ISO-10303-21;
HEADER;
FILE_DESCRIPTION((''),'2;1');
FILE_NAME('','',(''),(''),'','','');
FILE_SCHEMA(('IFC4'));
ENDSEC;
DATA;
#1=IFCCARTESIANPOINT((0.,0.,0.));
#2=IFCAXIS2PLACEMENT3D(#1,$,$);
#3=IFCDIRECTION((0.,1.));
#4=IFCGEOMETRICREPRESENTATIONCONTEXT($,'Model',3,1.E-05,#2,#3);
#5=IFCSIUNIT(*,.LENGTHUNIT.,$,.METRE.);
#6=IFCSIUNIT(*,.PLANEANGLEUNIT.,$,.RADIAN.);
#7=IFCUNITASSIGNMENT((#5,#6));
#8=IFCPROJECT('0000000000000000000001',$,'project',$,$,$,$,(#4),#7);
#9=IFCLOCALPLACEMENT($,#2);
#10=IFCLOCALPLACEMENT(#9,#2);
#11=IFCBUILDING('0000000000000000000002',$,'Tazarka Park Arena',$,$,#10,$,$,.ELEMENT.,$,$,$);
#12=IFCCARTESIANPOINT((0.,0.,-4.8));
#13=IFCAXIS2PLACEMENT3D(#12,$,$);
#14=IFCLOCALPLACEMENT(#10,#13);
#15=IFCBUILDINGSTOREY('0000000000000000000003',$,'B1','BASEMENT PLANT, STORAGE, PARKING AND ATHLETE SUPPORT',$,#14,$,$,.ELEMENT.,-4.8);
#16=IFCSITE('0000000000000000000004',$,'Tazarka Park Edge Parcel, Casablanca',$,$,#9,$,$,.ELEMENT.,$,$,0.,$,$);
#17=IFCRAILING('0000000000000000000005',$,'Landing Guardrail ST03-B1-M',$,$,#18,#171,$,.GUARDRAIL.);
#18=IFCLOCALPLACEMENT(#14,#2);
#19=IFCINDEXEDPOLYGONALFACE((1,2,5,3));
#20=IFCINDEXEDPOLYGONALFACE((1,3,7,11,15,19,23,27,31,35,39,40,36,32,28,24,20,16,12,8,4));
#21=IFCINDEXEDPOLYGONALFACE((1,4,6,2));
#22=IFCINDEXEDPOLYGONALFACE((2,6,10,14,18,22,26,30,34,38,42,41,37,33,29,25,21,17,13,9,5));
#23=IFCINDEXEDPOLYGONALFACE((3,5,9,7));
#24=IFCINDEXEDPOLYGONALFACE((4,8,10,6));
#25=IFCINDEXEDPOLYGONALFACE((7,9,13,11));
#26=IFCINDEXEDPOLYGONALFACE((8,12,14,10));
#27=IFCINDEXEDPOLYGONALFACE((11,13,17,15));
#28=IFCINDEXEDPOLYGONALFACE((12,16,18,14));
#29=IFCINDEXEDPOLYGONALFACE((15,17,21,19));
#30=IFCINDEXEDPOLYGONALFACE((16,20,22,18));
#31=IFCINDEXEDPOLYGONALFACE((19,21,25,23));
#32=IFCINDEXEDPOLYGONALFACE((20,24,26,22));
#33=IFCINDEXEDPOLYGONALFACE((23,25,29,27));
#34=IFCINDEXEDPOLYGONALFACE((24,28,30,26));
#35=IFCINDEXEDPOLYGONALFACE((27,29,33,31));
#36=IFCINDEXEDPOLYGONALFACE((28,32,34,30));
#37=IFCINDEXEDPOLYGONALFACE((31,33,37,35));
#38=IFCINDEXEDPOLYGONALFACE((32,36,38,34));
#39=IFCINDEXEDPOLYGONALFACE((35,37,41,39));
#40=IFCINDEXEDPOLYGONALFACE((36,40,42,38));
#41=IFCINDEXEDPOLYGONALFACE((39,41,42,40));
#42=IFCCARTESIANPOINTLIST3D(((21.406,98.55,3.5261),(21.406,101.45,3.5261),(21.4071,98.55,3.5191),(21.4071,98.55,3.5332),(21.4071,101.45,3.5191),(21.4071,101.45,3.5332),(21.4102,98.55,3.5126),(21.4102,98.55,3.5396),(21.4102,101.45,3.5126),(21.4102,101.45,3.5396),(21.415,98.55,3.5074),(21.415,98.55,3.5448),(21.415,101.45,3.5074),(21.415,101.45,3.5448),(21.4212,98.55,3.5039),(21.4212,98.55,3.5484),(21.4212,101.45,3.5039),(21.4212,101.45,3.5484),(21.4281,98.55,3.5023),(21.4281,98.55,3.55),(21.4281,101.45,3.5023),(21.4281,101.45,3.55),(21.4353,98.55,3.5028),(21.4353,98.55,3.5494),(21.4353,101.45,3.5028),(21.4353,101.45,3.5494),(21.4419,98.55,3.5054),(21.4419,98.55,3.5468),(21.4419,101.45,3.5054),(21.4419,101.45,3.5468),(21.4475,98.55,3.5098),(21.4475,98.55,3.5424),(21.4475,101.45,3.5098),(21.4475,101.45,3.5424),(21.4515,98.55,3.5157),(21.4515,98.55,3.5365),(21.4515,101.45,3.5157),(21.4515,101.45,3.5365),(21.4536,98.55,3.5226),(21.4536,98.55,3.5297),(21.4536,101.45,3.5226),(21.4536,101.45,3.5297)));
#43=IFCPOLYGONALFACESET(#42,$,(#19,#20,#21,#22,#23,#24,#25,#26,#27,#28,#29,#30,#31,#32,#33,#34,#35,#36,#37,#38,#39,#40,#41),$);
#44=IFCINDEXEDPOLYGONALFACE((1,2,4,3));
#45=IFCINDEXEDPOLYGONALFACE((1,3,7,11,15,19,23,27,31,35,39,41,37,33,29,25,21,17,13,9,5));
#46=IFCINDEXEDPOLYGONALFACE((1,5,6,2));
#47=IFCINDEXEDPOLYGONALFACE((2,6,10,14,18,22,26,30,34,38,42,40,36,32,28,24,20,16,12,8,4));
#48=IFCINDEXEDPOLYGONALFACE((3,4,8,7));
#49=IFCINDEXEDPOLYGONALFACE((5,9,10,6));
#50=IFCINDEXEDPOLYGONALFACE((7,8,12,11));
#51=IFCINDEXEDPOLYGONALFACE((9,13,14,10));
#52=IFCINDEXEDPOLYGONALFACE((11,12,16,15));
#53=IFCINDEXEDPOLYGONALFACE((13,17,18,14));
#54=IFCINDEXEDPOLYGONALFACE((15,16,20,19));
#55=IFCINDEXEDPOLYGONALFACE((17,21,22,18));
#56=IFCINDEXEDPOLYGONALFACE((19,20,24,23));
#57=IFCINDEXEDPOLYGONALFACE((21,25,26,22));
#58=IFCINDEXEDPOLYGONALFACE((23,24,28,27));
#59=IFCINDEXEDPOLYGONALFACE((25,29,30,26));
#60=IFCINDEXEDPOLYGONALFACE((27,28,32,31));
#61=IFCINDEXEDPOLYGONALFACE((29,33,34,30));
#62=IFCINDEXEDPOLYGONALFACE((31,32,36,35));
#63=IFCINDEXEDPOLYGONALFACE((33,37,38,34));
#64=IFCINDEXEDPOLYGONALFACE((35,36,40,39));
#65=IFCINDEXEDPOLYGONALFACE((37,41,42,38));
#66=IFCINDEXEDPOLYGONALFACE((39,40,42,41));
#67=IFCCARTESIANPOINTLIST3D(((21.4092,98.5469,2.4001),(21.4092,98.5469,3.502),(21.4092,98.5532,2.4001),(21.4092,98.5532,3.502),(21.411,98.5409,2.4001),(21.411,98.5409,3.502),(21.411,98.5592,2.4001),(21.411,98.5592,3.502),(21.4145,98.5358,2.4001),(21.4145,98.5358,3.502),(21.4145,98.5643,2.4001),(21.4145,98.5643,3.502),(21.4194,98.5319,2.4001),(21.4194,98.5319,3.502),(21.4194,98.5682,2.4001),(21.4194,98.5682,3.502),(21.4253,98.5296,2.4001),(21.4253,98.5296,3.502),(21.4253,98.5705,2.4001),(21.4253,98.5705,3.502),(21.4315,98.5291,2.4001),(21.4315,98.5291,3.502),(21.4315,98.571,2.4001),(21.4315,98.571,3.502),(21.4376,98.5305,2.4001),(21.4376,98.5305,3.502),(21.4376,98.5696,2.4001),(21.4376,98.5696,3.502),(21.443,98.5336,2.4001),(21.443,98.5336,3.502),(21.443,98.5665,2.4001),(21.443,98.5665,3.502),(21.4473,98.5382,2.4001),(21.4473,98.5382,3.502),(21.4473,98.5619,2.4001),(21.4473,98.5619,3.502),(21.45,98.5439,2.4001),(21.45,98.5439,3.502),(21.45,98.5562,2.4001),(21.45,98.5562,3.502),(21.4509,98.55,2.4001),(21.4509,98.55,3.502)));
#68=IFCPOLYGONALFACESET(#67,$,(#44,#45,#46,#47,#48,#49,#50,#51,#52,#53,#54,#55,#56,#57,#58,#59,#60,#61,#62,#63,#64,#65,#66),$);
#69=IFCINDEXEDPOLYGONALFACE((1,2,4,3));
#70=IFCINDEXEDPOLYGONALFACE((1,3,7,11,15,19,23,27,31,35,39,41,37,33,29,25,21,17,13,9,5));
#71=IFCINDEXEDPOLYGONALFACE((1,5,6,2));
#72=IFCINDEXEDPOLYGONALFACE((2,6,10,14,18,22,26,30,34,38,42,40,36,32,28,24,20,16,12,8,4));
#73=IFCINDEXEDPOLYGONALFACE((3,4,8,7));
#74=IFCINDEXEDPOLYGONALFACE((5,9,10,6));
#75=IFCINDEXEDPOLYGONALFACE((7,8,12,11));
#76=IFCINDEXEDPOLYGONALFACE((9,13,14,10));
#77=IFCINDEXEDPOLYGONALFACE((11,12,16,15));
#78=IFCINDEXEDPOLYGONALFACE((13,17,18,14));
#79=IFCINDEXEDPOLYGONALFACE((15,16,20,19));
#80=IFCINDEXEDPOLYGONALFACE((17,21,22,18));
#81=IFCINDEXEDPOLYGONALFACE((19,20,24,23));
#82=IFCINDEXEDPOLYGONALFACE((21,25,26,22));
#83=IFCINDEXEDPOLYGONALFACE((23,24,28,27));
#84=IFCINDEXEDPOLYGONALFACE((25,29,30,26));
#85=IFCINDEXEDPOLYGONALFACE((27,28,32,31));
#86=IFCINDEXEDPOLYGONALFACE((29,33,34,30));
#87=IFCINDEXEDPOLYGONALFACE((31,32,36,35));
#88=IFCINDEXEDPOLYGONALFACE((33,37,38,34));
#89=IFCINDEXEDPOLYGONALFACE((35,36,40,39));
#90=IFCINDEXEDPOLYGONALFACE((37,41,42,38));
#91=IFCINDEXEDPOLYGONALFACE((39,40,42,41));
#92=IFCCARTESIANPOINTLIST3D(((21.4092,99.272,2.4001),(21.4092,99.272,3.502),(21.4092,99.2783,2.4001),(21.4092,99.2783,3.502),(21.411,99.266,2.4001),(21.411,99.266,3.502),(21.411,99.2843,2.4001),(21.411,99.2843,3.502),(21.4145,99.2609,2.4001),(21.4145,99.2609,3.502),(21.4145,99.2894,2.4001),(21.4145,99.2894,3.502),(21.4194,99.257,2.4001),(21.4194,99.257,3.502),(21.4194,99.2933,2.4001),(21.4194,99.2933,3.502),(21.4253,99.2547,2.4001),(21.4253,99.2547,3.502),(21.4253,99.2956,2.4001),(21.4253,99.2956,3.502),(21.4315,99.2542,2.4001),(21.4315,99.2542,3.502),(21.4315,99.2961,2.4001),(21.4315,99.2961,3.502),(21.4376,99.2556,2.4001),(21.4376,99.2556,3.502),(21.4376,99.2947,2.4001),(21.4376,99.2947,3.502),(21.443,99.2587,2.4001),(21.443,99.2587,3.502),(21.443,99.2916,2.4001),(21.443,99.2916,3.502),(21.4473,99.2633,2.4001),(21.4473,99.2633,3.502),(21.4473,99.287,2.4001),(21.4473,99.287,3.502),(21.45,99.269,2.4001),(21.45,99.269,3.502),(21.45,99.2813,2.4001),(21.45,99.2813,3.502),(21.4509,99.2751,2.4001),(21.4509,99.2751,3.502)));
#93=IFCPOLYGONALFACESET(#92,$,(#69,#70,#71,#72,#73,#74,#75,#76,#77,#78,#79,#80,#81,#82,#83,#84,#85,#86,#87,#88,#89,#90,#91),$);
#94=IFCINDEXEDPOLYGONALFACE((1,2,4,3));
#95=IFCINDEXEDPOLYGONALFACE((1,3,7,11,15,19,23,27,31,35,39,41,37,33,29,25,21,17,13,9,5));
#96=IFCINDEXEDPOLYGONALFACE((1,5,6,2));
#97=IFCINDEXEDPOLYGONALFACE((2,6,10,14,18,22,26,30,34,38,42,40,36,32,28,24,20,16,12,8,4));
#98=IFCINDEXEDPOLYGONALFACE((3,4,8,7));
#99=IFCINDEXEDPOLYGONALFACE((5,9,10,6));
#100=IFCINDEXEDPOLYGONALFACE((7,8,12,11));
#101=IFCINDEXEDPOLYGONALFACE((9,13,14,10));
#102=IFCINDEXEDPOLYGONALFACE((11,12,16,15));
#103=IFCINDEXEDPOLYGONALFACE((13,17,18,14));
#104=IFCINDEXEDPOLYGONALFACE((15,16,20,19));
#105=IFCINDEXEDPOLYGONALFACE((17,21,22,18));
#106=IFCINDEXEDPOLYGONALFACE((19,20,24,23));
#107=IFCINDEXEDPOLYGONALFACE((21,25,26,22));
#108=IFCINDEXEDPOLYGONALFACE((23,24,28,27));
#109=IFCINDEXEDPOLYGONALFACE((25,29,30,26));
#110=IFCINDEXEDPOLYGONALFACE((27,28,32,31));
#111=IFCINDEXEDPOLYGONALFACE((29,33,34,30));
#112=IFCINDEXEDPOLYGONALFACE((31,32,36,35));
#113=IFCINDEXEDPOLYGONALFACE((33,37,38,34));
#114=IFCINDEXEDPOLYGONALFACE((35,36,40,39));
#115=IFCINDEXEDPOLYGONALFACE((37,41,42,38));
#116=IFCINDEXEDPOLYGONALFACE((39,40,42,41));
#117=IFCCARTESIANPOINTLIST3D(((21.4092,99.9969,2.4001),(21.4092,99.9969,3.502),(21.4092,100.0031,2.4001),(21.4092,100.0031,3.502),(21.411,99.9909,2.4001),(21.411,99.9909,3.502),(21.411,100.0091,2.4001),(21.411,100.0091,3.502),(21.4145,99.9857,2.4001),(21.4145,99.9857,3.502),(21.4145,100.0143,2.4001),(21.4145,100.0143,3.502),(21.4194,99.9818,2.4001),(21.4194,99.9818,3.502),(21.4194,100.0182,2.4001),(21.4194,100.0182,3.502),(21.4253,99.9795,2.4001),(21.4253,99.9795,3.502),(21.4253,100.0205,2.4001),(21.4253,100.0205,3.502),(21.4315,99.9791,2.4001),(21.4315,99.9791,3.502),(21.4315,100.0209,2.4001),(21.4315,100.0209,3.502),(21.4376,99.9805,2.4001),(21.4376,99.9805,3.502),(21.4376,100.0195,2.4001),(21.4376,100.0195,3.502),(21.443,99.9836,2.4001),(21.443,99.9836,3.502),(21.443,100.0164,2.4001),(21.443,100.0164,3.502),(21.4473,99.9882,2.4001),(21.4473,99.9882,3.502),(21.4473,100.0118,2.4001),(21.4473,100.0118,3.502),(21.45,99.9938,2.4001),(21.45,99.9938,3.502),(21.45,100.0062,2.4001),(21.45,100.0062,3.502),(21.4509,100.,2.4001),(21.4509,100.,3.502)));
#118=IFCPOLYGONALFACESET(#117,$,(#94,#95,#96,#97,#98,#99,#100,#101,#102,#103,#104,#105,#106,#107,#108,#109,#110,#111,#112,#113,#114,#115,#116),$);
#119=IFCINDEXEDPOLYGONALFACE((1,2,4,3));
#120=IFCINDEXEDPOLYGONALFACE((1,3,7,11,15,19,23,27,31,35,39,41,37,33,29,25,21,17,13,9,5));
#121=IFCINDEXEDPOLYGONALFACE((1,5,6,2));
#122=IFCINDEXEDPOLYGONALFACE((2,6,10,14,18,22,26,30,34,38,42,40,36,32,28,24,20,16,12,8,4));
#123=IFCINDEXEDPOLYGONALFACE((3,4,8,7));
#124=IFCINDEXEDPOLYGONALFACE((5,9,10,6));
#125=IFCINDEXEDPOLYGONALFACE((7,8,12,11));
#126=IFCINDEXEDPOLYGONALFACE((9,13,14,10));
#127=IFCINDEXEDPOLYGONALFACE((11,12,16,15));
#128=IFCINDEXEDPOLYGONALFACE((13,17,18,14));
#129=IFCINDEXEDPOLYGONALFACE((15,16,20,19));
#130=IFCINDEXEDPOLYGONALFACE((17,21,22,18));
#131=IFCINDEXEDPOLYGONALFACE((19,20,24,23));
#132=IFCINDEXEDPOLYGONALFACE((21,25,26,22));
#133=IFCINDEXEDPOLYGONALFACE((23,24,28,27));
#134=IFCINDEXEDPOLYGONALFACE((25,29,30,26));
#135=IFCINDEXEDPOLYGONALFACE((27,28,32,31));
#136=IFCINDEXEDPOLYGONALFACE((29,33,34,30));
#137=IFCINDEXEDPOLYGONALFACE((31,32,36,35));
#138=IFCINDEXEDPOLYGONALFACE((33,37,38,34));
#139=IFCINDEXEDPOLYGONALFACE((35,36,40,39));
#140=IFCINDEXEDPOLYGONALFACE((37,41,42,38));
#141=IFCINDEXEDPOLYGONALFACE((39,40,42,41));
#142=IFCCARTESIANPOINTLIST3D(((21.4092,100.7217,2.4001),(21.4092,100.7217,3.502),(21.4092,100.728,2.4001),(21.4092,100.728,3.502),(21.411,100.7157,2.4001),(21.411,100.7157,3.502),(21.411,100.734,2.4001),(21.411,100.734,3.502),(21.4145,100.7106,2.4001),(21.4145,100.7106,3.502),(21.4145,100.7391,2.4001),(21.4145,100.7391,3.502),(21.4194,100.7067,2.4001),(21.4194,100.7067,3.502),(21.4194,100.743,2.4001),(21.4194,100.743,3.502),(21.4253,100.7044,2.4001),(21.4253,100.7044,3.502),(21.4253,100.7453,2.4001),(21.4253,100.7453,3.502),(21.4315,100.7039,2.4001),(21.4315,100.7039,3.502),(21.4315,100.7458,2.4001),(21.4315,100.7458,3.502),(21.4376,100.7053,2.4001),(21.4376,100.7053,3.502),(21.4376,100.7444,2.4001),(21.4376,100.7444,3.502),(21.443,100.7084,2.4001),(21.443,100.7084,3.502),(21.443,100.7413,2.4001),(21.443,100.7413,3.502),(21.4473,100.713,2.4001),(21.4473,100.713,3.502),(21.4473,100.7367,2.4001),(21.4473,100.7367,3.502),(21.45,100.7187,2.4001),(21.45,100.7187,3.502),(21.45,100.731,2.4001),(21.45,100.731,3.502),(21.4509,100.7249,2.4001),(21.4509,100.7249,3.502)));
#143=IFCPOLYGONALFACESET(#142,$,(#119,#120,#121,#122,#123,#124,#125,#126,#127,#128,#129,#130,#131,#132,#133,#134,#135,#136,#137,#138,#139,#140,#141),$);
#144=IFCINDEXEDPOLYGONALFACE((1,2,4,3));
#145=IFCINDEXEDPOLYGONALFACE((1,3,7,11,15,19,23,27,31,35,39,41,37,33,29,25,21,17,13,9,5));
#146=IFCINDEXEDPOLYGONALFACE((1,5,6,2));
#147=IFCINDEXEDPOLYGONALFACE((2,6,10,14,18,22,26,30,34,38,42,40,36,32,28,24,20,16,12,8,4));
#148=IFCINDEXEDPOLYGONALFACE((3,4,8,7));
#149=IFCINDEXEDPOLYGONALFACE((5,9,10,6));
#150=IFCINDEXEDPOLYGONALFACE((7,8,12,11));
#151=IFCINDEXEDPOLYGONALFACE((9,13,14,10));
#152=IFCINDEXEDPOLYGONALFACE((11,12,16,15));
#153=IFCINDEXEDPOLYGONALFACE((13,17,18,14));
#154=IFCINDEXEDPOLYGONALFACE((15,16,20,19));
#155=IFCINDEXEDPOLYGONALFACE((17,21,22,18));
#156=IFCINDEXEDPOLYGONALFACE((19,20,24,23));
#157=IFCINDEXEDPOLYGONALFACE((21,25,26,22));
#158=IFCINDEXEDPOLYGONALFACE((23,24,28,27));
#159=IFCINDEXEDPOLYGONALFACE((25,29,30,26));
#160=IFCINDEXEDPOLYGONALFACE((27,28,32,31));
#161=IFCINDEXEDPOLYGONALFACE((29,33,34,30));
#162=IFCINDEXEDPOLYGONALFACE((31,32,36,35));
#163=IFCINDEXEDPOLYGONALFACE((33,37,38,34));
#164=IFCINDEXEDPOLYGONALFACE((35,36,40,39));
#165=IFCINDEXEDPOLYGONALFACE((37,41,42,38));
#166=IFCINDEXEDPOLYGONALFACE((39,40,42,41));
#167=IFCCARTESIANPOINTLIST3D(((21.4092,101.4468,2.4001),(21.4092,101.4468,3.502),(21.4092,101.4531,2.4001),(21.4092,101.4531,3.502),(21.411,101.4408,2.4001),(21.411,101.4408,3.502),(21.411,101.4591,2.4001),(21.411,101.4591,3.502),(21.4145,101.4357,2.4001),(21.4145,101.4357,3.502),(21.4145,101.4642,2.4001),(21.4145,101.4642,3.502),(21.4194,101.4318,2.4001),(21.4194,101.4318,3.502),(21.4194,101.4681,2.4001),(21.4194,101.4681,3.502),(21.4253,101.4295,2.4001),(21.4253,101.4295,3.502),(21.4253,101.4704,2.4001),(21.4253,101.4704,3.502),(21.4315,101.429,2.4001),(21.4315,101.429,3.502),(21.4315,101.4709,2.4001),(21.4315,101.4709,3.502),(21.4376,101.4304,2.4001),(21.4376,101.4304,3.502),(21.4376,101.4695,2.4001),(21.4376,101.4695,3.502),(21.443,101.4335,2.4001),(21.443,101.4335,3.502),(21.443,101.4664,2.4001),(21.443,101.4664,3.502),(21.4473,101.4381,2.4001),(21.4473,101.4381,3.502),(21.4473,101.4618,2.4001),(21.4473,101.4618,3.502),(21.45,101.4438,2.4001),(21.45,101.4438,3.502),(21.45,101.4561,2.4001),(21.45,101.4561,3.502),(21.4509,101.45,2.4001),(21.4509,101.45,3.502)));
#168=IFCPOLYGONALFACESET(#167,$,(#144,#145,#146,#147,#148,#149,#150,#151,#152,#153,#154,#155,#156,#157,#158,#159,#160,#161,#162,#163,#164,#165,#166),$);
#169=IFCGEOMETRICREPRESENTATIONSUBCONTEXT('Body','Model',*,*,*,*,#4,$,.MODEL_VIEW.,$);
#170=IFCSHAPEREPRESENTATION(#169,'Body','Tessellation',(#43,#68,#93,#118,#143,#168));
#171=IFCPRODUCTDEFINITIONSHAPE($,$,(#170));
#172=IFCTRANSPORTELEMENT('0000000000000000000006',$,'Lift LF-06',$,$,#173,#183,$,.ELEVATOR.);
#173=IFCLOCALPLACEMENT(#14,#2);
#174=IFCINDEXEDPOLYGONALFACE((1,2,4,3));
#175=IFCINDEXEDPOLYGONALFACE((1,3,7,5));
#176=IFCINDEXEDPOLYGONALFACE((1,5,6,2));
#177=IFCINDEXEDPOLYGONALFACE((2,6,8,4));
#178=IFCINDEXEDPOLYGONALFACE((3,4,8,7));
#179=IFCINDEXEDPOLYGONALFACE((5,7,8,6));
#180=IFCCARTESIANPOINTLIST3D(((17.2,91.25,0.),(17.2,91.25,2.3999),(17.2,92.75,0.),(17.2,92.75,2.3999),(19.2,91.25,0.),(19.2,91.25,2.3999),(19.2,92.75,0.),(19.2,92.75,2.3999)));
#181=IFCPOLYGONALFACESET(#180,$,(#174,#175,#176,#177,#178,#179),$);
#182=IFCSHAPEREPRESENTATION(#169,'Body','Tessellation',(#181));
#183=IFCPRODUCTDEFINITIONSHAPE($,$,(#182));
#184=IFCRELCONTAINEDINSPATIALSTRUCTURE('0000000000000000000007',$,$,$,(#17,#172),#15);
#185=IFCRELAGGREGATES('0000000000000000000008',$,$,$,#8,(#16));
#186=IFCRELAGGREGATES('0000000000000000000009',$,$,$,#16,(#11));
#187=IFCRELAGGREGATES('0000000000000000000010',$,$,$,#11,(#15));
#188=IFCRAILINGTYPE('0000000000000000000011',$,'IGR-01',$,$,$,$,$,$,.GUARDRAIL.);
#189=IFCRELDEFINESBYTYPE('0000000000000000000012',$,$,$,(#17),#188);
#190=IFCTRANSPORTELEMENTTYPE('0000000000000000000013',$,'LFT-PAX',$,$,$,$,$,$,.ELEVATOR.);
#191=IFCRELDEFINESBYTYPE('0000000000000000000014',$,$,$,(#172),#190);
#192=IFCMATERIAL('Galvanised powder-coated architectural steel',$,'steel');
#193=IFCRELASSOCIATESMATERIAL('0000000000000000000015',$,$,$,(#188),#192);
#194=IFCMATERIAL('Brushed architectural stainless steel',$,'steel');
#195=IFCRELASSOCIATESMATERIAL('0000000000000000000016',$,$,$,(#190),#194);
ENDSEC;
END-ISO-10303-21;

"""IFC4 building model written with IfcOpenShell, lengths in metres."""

from ifc_helpers import new_model, si_unit, direction, frame, origin, origin_2d, place, context, subcontext, project, spatial, rectangle, circle, extrude, material, type_object, element, save


model = new_model("IFC4")

# Units and contexts
model_context = context("Model", 3, precision=1e-05, world=origin(), true_north=direction((0.0, 1.0)))
body_context = subcontext(model_context, "Body", "Model", "MODEL_VIEW")
ifc_project = project(units=[si_unit("LENGTHUNIT", "METRE"), si_unit("PLANEANGLEUNIT", "RADIAN")], contexts=[model_context])

# Site, building, storey
site_placement = place(None, origin())
site = spatial("IfcSite", under=ifc_project, at=site_placement, Name="Tazarka Park Edge Parcel, Casablanca", CompositionType="ELEMENT", RefElevation=0.0)
building_placement = place(site_placement, origin())
building = spatial("IfcBuilding", under=site, at=building_placement, Name="Tazarka Park Arena", CompositionType="ELEMENT")
storey_placement = place(building_placement, frame((0.0, 0.0, -4.8)))
storey = spatial("IfcBuildingStorey", under=building, at=storey_placement, Name="B1", Description="BASEMENT PLANT, STORAGE, PARKING AND ATHLETE SUPPORT", CompositionType="ELEMENT", Elevation=-4.8)

# Railing
ifc_material_1 = material(Name="Galvanised powder-coated architectural steel", Category="steel")
railing_type_1 = type_object("IfcRailingType", Name="IGR-01", PredefinedType="GUARDRAIL", material=ifc_material_1)
railing_1_placement = place(storey_placement, frame((21.4299, 98.55, 2.4001)))
element("IfcRailing", 1, at=railing_1_placement, inside=storey, type_object=railing_type_1, Name="Landing Guardrail ST03-B1-M", PredefinedType="GUARDRAIL", context=body_context, shape_type="SweptSolid", body=[
    extrude(circle(Radius=0.0239, at=origin_2d()), frame((0.0, 0.0, 1.126), z_axis=(0.0, 1.0, 0.0), x_axis=(-1.0, 0.0, 0.0)), (0.0, 0.0, 1.0), 2.8999),
    extrude(circle(Radius=0.021, at=origin_2d()), origin(), (0.0, 0.0, 1.0), 1.1018),
    extrude(circle(Radius=0.021, at=origin_2d()), frame((0.0, 0.7251, 0.0)), (0.0, 0.0, 1.0), 1.1018),
    extrude(circle(Radius=0.021, at=origin_2d()), frame((0.0, 1.45, 0.0)), (0.0, 0.0, 1.0), 1.1018),
    extrude(circle(Radius=0.021, at=origin_2d()), frame((0.0, 2.1748, 0.0)), (0.0, 0.0, 1.0), 1.1018),
    extrude(circle(Radius=0.021, at=origin_2d()), frame((0.0, 2.8999, 0.0)), (0.0, 0.0, 1.0), 1.1018),
])

# Transport element
ifc_material_2 = material(Name="Brushed architectural stainless steel", Category="steel")
transport_element_type = type_object("IfcTransportElementType", Name="LFT-PAX", PredefinedType="ELEVATOR", material=ifc_material_2)
transport_element_placement = place(storey_placement, frame((18.2, 92.0, 0.0), z_axis=(0.0, 0.0, 1.0), x_axis=(1.0, 0.0, 0.0)))
element("IfcTransportElement", 2, at=transport_element_placement, inside=storey, type_object=transport_element_type, Name="Lift LF-06", PredefinedType="ELEVATOR", context=body_context, shape_type="SweptSolid", body=[
    extrude(rectangle(XDim=2.0, YDim=1.5, at=origin_2d()), origin(), (0.0, 0.0, 1.0), 2.3999),
])

save(model, "model.ifc")
